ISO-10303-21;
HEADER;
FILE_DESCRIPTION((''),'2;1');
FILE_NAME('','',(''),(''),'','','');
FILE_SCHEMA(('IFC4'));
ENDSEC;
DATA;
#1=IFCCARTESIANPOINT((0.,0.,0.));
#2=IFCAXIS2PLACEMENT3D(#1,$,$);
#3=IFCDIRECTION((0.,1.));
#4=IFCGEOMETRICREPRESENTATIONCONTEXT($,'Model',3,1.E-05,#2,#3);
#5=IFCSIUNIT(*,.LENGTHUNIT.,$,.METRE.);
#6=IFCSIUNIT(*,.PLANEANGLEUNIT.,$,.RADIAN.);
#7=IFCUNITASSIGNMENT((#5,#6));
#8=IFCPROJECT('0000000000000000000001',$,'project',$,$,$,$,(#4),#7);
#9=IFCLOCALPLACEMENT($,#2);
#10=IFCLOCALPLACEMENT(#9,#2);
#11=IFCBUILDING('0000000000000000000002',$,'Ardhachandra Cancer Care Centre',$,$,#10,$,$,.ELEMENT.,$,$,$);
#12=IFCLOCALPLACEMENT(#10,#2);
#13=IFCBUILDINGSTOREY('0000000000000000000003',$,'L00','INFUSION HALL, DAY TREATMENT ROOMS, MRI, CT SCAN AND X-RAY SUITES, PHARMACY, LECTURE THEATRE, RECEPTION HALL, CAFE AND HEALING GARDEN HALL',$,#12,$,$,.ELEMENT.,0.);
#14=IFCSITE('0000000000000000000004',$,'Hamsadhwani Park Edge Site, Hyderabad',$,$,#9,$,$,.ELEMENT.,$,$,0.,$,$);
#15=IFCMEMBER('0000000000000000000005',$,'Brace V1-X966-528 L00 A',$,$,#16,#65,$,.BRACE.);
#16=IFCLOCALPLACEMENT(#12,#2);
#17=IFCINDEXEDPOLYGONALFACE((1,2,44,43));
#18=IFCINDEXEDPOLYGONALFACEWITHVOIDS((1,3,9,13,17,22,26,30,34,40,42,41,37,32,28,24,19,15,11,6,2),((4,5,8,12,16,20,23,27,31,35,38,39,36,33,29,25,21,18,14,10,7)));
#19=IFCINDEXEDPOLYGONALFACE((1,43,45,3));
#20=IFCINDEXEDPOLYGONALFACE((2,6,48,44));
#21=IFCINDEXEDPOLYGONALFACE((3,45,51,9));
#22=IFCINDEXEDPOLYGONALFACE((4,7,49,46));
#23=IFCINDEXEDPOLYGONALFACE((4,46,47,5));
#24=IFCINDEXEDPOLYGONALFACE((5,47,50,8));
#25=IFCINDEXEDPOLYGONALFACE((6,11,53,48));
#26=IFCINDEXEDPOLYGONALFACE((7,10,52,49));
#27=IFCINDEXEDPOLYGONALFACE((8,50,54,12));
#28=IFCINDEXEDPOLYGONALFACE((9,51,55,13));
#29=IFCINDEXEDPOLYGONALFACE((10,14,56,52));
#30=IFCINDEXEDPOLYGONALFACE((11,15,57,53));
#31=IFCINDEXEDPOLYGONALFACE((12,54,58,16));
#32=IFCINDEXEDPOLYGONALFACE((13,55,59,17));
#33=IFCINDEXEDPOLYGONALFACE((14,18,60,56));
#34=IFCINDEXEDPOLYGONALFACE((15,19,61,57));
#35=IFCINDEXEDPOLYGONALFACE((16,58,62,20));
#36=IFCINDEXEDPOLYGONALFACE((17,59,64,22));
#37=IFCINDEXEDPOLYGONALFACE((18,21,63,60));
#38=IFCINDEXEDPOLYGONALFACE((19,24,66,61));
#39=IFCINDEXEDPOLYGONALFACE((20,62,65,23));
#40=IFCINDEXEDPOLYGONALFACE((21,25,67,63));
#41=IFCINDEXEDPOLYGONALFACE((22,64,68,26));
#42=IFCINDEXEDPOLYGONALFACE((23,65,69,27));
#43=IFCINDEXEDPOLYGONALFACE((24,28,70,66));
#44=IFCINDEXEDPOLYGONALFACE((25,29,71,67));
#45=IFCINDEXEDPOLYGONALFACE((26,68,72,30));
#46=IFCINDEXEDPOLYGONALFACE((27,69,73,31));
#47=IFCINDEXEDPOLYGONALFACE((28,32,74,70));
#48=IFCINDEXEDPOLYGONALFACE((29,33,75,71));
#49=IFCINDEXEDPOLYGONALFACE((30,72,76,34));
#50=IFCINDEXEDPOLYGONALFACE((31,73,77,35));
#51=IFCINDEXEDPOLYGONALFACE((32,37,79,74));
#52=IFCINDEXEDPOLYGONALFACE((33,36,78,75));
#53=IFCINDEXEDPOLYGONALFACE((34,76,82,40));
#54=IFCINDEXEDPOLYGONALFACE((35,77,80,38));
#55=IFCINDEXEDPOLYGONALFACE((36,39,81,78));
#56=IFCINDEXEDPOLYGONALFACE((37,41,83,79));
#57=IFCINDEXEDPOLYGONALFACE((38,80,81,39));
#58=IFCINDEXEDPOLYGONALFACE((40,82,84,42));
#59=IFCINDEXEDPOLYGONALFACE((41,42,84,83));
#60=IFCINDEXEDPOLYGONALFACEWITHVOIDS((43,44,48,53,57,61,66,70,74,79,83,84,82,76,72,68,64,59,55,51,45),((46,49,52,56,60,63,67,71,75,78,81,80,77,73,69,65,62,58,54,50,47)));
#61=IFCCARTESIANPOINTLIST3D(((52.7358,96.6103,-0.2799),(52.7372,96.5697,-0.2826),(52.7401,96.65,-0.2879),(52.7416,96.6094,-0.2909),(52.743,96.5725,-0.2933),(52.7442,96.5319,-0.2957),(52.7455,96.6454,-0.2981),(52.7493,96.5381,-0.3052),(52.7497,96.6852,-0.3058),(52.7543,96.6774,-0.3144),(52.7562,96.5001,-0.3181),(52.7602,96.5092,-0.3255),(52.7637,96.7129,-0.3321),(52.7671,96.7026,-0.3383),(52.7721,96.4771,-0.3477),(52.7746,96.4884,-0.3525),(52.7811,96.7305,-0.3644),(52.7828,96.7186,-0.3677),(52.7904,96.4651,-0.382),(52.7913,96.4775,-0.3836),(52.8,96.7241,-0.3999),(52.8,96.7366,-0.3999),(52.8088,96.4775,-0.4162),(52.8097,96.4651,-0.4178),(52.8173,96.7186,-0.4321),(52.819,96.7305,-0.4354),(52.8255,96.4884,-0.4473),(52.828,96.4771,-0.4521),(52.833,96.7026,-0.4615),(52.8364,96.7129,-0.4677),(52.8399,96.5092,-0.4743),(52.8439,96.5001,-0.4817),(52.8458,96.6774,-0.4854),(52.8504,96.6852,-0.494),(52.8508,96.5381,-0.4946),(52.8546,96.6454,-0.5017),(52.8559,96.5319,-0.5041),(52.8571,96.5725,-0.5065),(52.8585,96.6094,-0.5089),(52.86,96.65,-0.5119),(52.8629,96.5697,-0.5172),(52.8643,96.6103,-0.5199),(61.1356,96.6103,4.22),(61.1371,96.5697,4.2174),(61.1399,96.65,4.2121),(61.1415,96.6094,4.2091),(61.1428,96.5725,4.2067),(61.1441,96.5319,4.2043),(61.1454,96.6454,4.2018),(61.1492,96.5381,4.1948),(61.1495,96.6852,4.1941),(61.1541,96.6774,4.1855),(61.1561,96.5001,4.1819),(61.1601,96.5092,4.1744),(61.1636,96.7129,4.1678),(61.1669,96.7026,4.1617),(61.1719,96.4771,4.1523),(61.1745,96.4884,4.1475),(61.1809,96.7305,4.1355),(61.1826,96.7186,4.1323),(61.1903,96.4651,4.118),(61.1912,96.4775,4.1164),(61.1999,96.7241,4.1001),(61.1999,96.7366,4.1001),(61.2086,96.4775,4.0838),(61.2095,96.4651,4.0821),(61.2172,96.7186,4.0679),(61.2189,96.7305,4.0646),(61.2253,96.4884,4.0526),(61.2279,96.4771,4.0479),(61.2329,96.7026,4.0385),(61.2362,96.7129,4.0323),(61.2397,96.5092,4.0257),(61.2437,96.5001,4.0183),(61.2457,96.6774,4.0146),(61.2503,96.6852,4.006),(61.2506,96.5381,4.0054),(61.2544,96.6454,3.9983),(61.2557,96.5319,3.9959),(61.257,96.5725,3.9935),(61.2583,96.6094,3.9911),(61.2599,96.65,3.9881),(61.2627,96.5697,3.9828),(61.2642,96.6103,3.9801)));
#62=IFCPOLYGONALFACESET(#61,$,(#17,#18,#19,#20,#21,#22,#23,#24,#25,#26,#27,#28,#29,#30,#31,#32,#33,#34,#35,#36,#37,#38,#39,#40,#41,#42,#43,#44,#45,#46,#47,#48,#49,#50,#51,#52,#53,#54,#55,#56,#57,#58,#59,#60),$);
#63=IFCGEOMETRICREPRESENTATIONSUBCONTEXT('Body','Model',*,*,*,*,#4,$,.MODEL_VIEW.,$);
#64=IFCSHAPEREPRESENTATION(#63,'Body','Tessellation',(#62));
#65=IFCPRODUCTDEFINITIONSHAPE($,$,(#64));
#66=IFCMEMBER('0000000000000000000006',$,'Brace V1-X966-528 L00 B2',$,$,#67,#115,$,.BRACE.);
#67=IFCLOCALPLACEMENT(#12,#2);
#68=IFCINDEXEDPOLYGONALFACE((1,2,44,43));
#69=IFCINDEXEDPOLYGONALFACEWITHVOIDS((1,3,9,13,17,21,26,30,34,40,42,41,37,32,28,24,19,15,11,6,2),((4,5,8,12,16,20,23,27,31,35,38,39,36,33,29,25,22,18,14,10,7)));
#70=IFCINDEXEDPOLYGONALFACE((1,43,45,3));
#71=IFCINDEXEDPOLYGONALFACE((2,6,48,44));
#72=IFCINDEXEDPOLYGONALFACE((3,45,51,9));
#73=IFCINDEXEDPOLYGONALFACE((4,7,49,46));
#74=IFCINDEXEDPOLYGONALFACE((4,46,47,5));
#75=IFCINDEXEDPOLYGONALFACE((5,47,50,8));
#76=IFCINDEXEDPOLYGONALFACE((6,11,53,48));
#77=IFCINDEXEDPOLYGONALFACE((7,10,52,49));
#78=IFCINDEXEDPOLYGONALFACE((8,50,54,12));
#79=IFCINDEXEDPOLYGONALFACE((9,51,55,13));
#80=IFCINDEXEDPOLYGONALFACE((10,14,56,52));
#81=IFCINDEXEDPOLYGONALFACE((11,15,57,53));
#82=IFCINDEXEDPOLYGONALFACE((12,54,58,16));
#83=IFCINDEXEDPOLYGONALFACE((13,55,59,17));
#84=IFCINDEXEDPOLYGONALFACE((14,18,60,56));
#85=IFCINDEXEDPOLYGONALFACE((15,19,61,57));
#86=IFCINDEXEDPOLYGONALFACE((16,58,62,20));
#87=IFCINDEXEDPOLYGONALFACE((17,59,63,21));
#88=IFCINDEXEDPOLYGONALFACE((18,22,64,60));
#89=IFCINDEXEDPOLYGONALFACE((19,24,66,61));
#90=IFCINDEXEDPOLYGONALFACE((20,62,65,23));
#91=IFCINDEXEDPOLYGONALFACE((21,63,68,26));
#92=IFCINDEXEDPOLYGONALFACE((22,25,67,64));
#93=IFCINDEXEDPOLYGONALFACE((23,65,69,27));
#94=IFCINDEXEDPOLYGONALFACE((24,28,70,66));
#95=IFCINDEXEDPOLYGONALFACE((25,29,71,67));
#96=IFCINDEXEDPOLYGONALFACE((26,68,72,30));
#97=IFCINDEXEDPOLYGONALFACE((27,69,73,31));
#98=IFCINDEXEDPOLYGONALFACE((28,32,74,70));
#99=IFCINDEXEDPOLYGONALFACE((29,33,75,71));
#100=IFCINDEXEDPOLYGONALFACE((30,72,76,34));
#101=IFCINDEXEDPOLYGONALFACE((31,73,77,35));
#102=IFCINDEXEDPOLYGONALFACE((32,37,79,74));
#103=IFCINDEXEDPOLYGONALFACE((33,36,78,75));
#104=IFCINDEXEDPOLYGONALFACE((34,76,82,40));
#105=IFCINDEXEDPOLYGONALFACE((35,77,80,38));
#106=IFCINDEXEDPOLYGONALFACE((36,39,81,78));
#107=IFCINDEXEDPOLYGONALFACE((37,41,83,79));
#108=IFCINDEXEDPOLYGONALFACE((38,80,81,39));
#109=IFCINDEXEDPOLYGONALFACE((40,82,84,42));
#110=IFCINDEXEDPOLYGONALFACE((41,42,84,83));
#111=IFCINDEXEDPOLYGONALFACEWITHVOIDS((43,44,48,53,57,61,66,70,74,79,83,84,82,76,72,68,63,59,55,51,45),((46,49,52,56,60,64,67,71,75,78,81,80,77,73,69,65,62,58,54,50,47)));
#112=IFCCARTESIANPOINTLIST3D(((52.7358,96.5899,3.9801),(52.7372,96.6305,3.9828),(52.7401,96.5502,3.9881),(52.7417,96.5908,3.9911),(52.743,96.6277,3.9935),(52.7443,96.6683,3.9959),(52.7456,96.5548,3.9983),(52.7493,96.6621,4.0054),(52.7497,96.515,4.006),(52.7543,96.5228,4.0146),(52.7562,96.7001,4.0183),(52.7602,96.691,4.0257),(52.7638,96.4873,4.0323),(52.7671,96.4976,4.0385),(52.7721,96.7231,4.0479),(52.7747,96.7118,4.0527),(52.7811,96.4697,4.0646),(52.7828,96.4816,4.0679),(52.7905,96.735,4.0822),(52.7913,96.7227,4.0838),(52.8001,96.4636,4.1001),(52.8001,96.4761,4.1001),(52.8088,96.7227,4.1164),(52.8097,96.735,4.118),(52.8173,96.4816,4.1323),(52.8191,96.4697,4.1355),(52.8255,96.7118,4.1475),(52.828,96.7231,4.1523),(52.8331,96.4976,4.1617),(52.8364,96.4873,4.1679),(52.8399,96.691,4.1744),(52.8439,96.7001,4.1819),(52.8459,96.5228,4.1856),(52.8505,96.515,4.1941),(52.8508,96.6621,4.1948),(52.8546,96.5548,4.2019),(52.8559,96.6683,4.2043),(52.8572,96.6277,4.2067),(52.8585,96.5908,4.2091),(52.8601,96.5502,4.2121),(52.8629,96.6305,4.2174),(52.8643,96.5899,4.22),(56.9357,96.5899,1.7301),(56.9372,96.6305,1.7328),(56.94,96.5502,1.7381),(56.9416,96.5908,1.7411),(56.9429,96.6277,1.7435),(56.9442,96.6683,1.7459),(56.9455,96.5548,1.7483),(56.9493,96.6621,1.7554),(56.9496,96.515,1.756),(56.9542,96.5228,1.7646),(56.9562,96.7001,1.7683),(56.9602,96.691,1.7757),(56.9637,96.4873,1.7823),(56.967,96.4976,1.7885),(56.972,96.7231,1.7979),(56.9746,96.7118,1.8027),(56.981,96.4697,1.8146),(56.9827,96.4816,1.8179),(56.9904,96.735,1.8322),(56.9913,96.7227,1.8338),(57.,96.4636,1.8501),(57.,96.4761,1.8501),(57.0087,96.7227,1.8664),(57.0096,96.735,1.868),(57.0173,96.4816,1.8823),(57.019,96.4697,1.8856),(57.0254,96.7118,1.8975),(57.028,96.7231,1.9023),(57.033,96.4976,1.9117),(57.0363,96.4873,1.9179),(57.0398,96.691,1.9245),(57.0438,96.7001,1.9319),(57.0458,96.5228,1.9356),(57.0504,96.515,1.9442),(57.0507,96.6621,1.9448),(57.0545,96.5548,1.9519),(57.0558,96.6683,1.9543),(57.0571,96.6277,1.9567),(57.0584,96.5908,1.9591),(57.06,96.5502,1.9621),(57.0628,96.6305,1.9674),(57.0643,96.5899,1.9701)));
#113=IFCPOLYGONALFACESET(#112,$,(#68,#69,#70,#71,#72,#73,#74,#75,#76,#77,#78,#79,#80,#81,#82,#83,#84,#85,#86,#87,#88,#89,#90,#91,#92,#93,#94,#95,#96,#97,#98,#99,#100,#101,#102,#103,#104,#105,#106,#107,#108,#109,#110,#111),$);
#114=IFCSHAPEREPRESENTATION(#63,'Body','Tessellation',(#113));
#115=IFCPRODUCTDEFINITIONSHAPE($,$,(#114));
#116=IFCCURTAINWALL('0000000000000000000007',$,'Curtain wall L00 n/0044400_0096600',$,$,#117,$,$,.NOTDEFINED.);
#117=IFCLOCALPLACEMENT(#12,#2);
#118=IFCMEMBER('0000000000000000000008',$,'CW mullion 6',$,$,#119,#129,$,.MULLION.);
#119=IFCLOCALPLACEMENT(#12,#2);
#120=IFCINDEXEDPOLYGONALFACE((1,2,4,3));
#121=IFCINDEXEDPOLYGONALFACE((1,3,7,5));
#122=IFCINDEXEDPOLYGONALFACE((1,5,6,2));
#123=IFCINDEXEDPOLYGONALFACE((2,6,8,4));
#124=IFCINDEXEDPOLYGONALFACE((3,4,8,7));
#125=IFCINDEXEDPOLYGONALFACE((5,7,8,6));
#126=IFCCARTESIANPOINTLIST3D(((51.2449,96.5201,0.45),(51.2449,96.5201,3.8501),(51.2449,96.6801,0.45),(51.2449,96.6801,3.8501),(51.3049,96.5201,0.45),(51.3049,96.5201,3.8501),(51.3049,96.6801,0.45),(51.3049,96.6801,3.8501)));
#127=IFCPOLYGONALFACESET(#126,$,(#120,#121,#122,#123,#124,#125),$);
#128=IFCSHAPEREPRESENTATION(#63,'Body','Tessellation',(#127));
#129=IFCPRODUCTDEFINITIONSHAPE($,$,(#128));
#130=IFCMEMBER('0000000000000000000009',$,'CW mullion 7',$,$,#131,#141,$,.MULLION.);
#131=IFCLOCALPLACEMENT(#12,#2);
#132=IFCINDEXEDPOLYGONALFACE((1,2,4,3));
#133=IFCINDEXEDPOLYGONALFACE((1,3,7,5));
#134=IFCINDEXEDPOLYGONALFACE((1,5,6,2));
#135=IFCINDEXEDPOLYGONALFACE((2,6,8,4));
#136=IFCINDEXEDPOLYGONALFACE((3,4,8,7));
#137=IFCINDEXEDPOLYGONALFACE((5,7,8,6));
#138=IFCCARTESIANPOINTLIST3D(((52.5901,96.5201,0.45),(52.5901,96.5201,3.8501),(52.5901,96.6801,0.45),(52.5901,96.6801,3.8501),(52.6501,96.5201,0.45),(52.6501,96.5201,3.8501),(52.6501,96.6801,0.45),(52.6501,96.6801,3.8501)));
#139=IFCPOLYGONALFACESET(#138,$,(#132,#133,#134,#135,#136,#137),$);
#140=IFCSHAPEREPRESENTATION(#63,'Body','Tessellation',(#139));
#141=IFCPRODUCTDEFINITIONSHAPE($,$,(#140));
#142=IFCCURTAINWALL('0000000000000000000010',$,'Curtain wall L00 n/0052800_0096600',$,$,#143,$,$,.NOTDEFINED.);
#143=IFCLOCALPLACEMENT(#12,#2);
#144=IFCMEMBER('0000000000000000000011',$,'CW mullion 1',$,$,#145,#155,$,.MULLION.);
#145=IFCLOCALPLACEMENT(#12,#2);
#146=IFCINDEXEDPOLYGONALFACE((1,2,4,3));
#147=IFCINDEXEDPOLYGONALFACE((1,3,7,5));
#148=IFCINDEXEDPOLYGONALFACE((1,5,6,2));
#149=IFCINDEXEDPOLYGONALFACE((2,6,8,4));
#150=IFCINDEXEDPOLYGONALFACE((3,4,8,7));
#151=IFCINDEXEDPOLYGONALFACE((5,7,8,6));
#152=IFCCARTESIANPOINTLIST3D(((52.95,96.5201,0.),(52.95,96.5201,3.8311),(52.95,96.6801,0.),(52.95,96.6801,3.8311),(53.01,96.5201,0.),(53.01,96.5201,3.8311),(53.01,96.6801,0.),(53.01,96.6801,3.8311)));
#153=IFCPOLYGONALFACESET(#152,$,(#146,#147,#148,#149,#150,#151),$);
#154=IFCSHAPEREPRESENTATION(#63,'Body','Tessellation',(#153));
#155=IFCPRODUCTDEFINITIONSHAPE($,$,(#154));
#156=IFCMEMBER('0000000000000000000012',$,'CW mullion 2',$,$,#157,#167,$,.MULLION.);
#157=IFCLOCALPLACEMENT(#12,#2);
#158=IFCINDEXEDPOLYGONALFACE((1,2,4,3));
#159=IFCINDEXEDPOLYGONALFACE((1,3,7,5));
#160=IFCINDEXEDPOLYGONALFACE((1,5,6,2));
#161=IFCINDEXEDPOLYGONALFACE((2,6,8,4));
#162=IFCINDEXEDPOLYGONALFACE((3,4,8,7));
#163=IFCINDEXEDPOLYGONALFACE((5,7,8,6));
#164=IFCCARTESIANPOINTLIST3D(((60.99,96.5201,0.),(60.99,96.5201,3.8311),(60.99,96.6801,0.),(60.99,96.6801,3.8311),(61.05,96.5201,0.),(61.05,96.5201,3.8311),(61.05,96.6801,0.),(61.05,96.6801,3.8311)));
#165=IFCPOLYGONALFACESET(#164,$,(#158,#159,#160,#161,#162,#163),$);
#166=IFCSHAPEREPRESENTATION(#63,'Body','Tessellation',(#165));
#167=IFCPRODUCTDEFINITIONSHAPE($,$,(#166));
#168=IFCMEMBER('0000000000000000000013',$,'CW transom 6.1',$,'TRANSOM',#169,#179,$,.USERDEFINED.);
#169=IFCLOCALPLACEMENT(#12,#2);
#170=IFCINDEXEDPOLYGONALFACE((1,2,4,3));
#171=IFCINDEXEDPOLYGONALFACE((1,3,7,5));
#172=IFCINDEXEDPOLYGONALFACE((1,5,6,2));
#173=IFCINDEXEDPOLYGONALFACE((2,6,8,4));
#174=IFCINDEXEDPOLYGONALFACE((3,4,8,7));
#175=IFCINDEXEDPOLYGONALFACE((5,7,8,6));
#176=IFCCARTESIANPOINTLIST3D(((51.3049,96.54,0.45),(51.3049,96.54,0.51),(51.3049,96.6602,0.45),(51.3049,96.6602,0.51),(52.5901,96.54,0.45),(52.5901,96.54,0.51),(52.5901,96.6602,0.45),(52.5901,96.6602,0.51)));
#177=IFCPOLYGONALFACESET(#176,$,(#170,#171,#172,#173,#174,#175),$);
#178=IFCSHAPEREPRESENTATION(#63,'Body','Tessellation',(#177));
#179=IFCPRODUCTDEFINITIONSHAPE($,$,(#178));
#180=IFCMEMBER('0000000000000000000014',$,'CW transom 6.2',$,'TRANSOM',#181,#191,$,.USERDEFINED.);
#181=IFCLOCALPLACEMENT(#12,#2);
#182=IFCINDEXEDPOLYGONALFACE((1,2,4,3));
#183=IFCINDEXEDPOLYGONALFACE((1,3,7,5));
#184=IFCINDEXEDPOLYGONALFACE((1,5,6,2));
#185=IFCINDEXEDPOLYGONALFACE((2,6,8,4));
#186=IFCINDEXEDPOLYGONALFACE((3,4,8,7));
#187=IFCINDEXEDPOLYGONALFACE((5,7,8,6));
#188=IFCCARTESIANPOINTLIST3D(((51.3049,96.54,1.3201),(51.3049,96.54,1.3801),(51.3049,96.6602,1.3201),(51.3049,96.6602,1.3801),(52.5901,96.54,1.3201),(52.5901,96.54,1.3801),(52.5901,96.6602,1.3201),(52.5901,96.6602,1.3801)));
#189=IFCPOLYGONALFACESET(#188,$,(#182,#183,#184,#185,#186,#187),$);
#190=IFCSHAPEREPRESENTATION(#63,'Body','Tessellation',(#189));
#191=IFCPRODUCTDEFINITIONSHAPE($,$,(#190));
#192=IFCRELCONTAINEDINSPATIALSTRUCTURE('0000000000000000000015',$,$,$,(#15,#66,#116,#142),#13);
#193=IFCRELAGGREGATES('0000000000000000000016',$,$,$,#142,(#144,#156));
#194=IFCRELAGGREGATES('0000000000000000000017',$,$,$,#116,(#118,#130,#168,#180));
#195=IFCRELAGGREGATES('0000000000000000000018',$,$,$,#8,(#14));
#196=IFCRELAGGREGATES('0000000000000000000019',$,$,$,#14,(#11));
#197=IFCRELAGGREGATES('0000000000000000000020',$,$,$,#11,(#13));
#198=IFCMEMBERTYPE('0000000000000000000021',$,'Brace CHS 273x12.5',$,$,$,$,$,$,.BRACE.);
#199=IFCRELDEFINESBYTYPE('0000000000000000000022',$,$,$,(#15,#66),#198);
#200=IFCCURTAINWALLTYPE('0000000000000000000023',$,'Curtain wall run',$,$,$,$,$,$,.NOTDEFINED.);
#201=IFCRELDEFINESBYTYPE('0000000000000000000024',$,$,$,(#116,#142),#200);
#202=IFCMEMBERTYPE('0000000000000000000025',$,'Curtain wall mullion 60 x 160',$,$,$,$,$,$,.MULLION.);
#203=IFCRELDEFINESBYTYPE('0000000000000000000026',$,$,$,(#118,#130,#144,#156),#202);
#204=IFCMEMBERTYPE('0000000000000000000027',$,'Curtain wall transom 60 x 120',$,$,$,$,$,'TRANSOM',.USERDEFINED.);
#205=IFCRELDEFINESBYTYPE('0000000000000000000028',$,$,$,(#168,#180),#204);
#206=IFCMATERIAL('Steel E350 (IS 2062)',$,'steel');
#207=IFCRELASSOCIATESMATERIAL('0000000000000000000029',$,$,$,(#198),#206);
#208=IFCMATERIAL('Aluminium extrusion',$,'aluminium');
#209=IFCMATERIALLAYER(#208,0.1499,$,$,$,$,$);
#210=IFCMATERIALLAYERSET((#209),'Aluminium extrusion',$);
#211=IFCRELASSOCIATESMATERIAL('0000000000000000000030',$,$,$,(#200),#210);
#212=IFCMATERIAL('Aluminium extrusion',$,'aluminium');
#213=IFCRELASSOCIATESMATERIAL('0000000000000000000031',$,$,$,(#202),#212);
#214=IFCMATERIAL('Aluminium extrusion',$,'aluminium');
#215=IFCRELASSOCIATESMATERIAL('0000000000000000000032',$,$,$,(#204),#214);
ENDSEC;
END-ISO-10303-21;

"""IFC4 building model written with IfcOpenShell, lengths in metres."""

from ifc_helpers import new_model, si_unit, direction, frame, origin, origin_2d, place, context, subcontext, project, spatial, rectangle, hollow_circle, extrude, material, layer, layer_set, material_profile, profile_set, type_object, element, aggregate, save


model = new_model("IFC4")

# Units and contexts
model_context = context("Model", 3, precision=1e-05, world=origin(), true_north=direction((0.0, 1.0)))
body_context = subcontext(model_context, "Body", "Model", "MODEL_VIEW")
ifc_project = project(units=[si_unit("LENGTHUNIT", "METRE"), si_unit("PLANEANGLEUNIT", "RADIAN")], contexts=[model_context])

# Site, building, storey
site_placement = place(None, origin())
site = spatial("IfcSite", under=ifc_project, at=site_placement, Name="Hamsadhwani Park Edge Site, Hyderabad", CompositionType="ELEMENT", RefElevation=0.0)
building_placement = place(site_placement, origin())
building = spatial("IfcBuilding", under=site, at=building_placement, Name="Ardhachandra Cancer Care Centre", CompositionType="ELEMENT")
storey_placement = place(building_placement, origin())
storey = spatial("IfcBuildingStorey", under=building, at=storey_placement, Name="L00", Description="INFUSION HALL, DAY TREATMENT ROOMS, MRI, CT SCAN AND X-RAY SUITES, PHARMACY, LECTURE THEATRE, RECEPTION HALL, CAFE AND HEALING GARDEN HALL", CompositionType="ELEMENT", Elevation=0.0)

# Members
ifc_material_1 = material(Name="Steel E350 (IS 2062)", Category="steel")
ifc_material_profile_1 = material_profile(ifc_material_1, hollow_circle(Radius=0.1365, WallThickness=0.0125, at=origin_2d()), Name="CHS 273x12.5")
ifc_profile_set_1 = profile_set([ifc_material_profile_1], Name="Steel E350 (IS 2062)")
member_type_1 = type_object("IfcMemberType", Name="Brace CHS 273x12.5", PredefinedType="BRACE", material=ifc_profile_set_1)
member_1_placement = place(storey_placement, frame((52.8, 96.6001, -0.3999), z_axis=(0.881478, 0.0, 0.472226), x_axis=(0.0, 1.0, 0.0)))
element("IfcMember", 1, at=member_1_placement, inside=storey, type_object=member_type_1, Name="Brace V1-X966-528 L00 A", PredefinedType="BRACE", context=body_context, shape_type="SweptSolid", body=[
    extrude(hollow_circle(Radius=0.1365, WallThickness=0.0125, at=origin_2d()), origin(), (0.0, 0.0, 1.0), 9.5293),
])
member_2_placement = place(storey_placement, frame((57.0, 96.6001, 1.8501), z_axis=(-0.881478, 0.0, 0.472226), x_axis=(0.0, -1.0, 0.0)))
element("IfcMember", 2, at=member_2_placement, inside=storey, type_object=member_type_1, Name="Brace V1-X966-528 L00 B2", PredefinedType="BRACE", context=body_context, shape_type="SweptSolid", body=[
    extrude(hollow_circle(Radius=0.1365, WallThickness=0.0125, at=origin_2d()), origin(), (0.0, 0.0, 1.0), 4.7646),
])

# Curtain walls, members
ifc_material_2 = material(Name="Aluminium extrusion", Category="aluminium")
ifc_layer_1 = layer(ifc_material_2, 0.1499)
ifc_layer_set_1 = layer_set([ifc_layer_1], Name="Aluminium extrusion")
curtain_wall_type = type_object("IfcCurtainWallType", Name="Curtain wall run", PredefinedType="NOTDEFINED", material=ifc_layer_set_1)
curtain_wall_1_placement = place(storey_placement, origin())
curtain_wall_1 = element("IfcCurtainWall", 3, at=curtain_wall_1_placement, inside=storey, type_object=curtain_wall_type, Name="Curtain wall L00 n/0044400_0096600", PredefinedType="NOTDEFINED")
ifc_material_3 = material(Name="Aluminium extrusion", Category="aluminium")
ifc_material_profile_2 = material_profile(ifc_material_3, rectangle(XDim=0.1599, YDim=0.0601, at=origin_2d()), Name="Curtain wall mullion 60 x 160")
ifc_profile_set_2 = profile_set([ifc_material_profile_2], Name="Aluminium extrusion")
member_type_2 = type_object("IfcMemberType", Name="Curtain wall mullion 60 x 160", PredefinedType="MULLION", material=ifc_profile_set_2)
member_3_placement = place(storey_placement, frame((51.2749, 96.6001, 0.45), z_axis=(0.0, 0.0, 1.0), x_axis=(0.0, 1.0, 0.0)))
member_3 = element("IfcMember", 4, at=member_3_placement, type_object=member_type_2, Name="CW mullion 6", PredefinedType="MULLION", context=body_context, shape_type="SweptSolid", body=[
    extrude(rectangle(XDim=0.1599, YDim=0.0601, at=origin_2d()), origin(), (0.0, 0.0, 1.0), 3.4001),
])
member_4_placement = place(storey_placement, frame((52.6201, 96.6001, 0.45), z_axis=(0.0, 0.0, 1.0), x_axis=(0.0, 1.0, 0.0)))
member_4 = element("IfcMember", 5, at=member_4_placement, type_object=member_type_2, Name="CW mullion 7", PredefinedType="MULLION", context=body_context, shape_type="SweptSolid", body=[
    extrude(rectangle(XDim=0.1599, YDim=0.0601, at=origin_2d()), origin(), (0.0, 0.0, 1.0), 3.4001),
])
curtain_wall_2_placement = place(storey_placement, origin())
curtain_wall_2 = element("IfcCurtainWall", 6, at=curtain_wall_2_placement, inside=storey, type_object=curtain_wall_type, Name="Curtain wall L00 n/0052800_0096600", PredefinedType="NOTDEFINED")
member_5_placement = place(storey_placement, frame((52.98, 96.6001, 0.0), z_axis=(0.0, 0.0, 1.0), x_axis=(0.0, 1.0, 0.0)))
member_5 = element("IfcMember", 7, at=member_5_placement, type_object=member_type_2, Name="CW mullion 1", PredefinedType="MULLION", context=body_context, shape_type="SweptSolid", body=[
    extrude(rectangle(XDim=0.1599, YDim=0.0601, at=origin_2d()), origin(), (0.0, 0.0, 1.0), 3.8311),
])
member_6_placement = place(storey_placement, frame((61.02, 96.6001, 0.0), z_axis=(0.0, 0.0, 1.0), x_axis=(0.0, 1.0, 0.0)))
member_6 = element("IfcMember", 8, at=member_6_placement, type_object=member_type_2, Name="CW mullion 2", PredefinedType="MULLION", context=body_context, shape_type="SweptSolid", body=[
    extrude(rectangle(XDim=0.1599, YDim=0.0601, at=origin_2d()), origin(), (0.0, 0.0, 1.0), 3.8311),
])

# Members
ifc_material_4 = material(Name="Aluminium extrusion", Category="aluminium")
ifc_material_profile_3 = material_profile(ifc_material_4, rectangle(XDim=0.1201, YDim=0.0601, at=origin_2d()), Name="Curtain wall transom 60 x 120")
ifc_profile_set_3 = profile_set([ifc_material_profile_3], Name="Aluminium extrusion")
member_type_3 = type_object("IfcMemberType", Name="Curtain wall transom 60 x 120", ElementType="TRANSOM", PredefinedType="USERDEFINED", material=ifc_profile_set_3)
member_7_placement = place(storey_placement, frame((51.3049, 96.6001, 0.48), z_axis=(1.0, 0.0, 0.0), x_axis=(0.0, 1.0, 0.0)))
member_7 = element("IfcMember", 9, at=member_7_placement, type_object=member_type_3, Name="CW transom 6.1", ObjectType="TRANSOM", PredefinedType="USERDEFINED", context=body_context, shape_type="SweptSolid", body=[
    extrude(rectangle(XDim=0.1201, YDim=0.0601, at=origin_2d()), origin(), (0.0, 0.0, 1.0), 1.2852),
])
member_8_placement = place(storey_placement, frame((51.3049, 96.6001, 1.3501), z_axis=(1.0, 0.0, 0.0), x_axis=(0.0, 1.0, 0.0)))
member_8 = element("IfcMember", 10, at=member_8_placement, type_object=member_type_3, Name="CW transom 6.2", ObjectType="TRANSOM", PredefinedType="USERDEFINED", context=body_context, shape_type="SweptSolid", body=[
    extrude(rectangle(XDim=0.1201, YDim=0.0601, at=origin_2d()), origin(), (0.0, 0.0, 1.0), 1.2852),
])

aggregate(curtain_wall_2, [member_5, member_6])
aggregate(curtain_wall_1, [member_3, member_4, member_7, member_8])

save(model, "model.ifc")
